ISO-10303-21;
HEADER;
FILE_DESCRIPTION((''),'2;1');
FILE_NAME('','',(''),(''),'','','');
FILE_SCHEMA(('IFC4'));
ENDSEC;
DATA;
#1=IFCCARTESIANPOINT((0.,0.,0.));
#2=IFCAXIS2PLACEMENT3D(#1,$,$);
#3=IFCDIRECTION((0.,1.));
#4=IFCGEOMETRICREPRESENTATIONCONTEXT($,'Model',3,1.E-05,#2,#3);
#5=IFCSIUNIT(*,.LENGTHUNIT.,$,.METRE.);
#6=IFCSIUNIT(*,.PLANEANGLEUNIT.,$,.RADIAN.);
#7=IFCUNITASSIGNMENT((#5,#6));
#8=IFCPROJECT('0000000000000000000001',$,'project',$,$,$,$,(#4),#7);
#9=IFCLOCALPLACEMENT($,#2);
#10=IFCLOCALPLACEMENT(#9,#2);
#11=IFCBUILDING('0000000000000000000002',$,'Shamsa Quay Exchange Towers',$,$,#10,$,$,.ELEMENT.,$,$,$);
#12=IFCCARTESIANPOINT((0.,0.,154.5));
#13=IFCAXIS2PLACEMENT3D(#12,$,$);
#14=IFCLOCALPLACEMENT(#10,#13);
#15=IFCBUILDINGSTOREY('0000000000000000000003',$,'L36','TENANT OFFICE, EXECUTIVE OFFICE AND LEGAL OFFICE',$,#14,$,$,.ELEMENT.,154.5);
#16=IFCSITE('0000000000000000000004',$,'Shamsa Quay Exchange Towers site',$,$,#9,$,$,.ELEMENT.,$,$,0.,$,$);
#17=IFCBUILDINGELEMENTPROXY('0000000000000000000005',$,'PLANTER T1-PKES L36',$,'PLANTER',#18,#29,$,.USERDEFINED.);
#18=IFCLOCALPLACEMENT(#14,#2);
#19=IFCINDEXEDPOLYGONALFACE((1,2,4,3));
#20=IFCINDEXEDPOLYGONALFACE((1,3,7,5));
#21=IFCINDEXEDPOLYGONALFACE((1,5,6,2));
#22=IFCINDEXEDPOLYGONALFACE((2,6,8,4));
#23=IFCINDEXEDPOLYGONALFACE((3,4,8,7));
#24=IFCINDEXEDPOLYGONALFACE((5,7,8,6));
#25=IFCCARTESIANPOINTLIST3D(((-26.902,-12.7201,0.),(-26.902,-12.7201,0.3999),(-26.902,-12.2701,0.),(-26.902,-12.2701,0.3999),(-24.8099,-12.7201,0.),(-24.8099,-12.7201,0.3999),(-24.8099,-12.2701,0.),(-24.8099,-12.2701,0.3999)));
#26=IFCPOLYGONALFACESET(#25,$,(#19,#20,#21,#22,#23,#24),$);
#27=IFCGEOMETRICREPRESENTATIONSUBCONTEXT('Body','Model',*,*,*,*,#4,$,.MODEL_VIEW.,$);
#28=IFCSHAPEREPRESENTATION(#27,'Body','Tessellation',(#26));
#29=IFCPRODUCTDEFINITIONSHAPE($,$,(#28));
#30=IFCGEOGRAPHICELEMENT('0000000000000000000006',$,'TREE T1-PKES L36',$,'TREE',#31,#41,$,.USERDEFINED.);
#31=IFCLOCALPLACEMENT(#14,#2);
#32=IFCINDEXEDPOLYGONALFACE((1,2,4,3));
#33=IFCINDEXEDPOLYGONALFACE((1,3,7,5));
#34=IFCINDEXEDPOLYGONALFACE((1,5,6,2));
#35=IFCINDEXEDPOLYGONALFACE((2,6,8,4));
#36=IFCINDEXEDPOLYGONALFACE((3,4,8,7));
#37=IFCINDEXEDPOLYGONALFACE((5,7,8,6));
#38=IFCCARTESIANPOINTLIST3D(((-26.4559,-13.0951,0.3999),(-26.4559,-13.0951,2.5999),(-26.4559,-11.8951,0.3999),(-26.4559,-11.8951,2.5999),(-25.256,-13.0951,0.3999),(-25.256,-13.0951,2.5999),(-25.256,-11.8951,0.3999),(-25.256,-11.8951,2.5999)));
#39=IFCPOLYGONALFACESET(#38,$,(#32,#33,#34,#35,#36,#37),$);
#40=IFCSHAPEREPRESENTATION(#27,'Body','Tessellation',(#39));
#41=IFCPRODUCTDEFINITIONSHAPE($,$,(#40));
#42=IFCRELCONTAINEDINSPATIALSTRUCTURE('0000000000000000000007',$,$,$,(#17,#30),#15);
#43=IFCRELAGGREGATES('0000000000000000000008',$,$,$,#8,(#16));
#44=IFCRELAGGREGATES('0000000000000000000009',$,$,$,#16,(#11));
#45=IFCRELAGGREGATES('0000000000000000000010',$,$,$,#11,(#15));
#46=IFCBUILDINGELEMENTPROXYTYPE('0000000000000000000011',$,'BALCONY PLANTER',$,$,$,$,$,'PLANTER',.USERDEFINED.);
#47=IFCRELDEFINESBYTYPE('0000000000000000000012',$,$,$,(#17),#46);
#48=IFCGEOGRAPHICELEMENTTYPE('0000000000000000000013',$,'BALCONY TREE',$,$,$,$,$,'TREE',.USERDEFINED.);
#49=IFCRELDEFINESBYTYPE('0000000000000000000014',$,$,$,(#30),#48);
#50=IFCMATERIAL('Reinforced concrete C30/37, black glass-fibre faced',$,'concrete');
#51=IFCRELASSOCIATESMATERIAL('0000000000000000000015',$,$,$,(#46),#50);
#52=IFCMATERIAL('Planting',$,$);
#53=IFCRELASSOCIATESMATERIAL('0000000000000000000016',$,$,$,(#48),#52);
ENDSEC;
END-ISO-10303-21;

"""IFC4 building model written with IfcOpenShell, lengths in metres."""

from ifc_helpers import new_model, si_unit, direction, frame, origin, origin_2d, place, context, subcontext, project, spatial, rectangle, extrude, material, type_object, element, save


model = new_model("IFC4")

# Units and contexts
model_context = context("Model", 3, precision=1e-05, world=origin(), true_north=direction((0.0, 1.0)))
body_context = subcontext(model_context, "Body", "Model", "MODEL_VIEW")
ifc_project = project(units=[si_unit("LENGTHUNIT", "METRE"), si_unit("PLANEANGLEUNIT", "RADIAN")], contexts=[model_context])

# Site, building, storey
site_placement = place(None, origin())
site = spatial("IfcSite", under=ifc_project, at=site_placement, Name="Shamsa Quay Exchange Towers site", CompositionType="ELEMENT", RefElevation=0.0)
building_placement = place(site_placement, origin())
building = spatial("IfcBuilding", under=site, at=building_placement, Name="Shamsa Quay Exchange Towers", CompositionType="ELEMENT")
storey_placement = place(building_placement, frame((0.0, 0.0, 154.5)))
storey = spatial("IfcBuildingStorey", under=building, at=storey_placement, Name="L36", Description="TENANT OFFICE, EXECUTIVE OFFICE AND LEGAL OFFICE", CompositionType="ELEMENT", Elevation=154.5)

# Building element proxy
ifc_material_1 = material(Name="Reinforced concrete C30/37, black glass-fibre faced", Category="concrete")
building_element_proxy_type = type_object("IfcBuildingElementProxyType", Name="BALCONY PLANTER", ElementType="PLANTER", PredefinedType="USERDEFINED", material=ifc_material_1)
for number, where, name in (
    (1, (-25.856, -12.4951, 0.0), "PLANTER T1-PKES L36"),
):
    element("IfcBuildingElementProxy", number, at=place(storey_placement, frame(where)), inside=storey, type_object=building_element_proxy_type, Name=name, ObjectType="PLANTER", PredefinedType="USERDEFINED", context=body_context, shape_type="SweptSolid", body=[
        extrude(rectangle(XDim=2.092, YDim=0.45, at=origin_2d()), origin(), (0.0, 0.0, 1.0), 0.3999),
    ])

# Geographic element
ifc_material_2 = material(Name="Planting")
geographic_element_type = type_object("IfcGeographicElementType", Name="BALCONY TREE", ElementType="TREE", PredefinedType="USERDEFINED", material=ifc_material_2)
geographic_element_placement = place(storey_placement, frame((-25.856, -12.4951, 0.3999)))
element("IfcGeographicElement", 2, at=geographic_element_placement, inside=storey, type_object=geographic_element_type, Name="TREE T1-PKES L36", ObjectType="TREE", PredefinedType="USERDEFINED", context=body_context, shape_type="SweptSolid", body=[
    extrude(rectangle(XDim=1.2, YDim=1.2, at=origin_2d()), origin(), (0.0, 0.0, 1.0), 2.2),
])

save(model, "model.ifc")
